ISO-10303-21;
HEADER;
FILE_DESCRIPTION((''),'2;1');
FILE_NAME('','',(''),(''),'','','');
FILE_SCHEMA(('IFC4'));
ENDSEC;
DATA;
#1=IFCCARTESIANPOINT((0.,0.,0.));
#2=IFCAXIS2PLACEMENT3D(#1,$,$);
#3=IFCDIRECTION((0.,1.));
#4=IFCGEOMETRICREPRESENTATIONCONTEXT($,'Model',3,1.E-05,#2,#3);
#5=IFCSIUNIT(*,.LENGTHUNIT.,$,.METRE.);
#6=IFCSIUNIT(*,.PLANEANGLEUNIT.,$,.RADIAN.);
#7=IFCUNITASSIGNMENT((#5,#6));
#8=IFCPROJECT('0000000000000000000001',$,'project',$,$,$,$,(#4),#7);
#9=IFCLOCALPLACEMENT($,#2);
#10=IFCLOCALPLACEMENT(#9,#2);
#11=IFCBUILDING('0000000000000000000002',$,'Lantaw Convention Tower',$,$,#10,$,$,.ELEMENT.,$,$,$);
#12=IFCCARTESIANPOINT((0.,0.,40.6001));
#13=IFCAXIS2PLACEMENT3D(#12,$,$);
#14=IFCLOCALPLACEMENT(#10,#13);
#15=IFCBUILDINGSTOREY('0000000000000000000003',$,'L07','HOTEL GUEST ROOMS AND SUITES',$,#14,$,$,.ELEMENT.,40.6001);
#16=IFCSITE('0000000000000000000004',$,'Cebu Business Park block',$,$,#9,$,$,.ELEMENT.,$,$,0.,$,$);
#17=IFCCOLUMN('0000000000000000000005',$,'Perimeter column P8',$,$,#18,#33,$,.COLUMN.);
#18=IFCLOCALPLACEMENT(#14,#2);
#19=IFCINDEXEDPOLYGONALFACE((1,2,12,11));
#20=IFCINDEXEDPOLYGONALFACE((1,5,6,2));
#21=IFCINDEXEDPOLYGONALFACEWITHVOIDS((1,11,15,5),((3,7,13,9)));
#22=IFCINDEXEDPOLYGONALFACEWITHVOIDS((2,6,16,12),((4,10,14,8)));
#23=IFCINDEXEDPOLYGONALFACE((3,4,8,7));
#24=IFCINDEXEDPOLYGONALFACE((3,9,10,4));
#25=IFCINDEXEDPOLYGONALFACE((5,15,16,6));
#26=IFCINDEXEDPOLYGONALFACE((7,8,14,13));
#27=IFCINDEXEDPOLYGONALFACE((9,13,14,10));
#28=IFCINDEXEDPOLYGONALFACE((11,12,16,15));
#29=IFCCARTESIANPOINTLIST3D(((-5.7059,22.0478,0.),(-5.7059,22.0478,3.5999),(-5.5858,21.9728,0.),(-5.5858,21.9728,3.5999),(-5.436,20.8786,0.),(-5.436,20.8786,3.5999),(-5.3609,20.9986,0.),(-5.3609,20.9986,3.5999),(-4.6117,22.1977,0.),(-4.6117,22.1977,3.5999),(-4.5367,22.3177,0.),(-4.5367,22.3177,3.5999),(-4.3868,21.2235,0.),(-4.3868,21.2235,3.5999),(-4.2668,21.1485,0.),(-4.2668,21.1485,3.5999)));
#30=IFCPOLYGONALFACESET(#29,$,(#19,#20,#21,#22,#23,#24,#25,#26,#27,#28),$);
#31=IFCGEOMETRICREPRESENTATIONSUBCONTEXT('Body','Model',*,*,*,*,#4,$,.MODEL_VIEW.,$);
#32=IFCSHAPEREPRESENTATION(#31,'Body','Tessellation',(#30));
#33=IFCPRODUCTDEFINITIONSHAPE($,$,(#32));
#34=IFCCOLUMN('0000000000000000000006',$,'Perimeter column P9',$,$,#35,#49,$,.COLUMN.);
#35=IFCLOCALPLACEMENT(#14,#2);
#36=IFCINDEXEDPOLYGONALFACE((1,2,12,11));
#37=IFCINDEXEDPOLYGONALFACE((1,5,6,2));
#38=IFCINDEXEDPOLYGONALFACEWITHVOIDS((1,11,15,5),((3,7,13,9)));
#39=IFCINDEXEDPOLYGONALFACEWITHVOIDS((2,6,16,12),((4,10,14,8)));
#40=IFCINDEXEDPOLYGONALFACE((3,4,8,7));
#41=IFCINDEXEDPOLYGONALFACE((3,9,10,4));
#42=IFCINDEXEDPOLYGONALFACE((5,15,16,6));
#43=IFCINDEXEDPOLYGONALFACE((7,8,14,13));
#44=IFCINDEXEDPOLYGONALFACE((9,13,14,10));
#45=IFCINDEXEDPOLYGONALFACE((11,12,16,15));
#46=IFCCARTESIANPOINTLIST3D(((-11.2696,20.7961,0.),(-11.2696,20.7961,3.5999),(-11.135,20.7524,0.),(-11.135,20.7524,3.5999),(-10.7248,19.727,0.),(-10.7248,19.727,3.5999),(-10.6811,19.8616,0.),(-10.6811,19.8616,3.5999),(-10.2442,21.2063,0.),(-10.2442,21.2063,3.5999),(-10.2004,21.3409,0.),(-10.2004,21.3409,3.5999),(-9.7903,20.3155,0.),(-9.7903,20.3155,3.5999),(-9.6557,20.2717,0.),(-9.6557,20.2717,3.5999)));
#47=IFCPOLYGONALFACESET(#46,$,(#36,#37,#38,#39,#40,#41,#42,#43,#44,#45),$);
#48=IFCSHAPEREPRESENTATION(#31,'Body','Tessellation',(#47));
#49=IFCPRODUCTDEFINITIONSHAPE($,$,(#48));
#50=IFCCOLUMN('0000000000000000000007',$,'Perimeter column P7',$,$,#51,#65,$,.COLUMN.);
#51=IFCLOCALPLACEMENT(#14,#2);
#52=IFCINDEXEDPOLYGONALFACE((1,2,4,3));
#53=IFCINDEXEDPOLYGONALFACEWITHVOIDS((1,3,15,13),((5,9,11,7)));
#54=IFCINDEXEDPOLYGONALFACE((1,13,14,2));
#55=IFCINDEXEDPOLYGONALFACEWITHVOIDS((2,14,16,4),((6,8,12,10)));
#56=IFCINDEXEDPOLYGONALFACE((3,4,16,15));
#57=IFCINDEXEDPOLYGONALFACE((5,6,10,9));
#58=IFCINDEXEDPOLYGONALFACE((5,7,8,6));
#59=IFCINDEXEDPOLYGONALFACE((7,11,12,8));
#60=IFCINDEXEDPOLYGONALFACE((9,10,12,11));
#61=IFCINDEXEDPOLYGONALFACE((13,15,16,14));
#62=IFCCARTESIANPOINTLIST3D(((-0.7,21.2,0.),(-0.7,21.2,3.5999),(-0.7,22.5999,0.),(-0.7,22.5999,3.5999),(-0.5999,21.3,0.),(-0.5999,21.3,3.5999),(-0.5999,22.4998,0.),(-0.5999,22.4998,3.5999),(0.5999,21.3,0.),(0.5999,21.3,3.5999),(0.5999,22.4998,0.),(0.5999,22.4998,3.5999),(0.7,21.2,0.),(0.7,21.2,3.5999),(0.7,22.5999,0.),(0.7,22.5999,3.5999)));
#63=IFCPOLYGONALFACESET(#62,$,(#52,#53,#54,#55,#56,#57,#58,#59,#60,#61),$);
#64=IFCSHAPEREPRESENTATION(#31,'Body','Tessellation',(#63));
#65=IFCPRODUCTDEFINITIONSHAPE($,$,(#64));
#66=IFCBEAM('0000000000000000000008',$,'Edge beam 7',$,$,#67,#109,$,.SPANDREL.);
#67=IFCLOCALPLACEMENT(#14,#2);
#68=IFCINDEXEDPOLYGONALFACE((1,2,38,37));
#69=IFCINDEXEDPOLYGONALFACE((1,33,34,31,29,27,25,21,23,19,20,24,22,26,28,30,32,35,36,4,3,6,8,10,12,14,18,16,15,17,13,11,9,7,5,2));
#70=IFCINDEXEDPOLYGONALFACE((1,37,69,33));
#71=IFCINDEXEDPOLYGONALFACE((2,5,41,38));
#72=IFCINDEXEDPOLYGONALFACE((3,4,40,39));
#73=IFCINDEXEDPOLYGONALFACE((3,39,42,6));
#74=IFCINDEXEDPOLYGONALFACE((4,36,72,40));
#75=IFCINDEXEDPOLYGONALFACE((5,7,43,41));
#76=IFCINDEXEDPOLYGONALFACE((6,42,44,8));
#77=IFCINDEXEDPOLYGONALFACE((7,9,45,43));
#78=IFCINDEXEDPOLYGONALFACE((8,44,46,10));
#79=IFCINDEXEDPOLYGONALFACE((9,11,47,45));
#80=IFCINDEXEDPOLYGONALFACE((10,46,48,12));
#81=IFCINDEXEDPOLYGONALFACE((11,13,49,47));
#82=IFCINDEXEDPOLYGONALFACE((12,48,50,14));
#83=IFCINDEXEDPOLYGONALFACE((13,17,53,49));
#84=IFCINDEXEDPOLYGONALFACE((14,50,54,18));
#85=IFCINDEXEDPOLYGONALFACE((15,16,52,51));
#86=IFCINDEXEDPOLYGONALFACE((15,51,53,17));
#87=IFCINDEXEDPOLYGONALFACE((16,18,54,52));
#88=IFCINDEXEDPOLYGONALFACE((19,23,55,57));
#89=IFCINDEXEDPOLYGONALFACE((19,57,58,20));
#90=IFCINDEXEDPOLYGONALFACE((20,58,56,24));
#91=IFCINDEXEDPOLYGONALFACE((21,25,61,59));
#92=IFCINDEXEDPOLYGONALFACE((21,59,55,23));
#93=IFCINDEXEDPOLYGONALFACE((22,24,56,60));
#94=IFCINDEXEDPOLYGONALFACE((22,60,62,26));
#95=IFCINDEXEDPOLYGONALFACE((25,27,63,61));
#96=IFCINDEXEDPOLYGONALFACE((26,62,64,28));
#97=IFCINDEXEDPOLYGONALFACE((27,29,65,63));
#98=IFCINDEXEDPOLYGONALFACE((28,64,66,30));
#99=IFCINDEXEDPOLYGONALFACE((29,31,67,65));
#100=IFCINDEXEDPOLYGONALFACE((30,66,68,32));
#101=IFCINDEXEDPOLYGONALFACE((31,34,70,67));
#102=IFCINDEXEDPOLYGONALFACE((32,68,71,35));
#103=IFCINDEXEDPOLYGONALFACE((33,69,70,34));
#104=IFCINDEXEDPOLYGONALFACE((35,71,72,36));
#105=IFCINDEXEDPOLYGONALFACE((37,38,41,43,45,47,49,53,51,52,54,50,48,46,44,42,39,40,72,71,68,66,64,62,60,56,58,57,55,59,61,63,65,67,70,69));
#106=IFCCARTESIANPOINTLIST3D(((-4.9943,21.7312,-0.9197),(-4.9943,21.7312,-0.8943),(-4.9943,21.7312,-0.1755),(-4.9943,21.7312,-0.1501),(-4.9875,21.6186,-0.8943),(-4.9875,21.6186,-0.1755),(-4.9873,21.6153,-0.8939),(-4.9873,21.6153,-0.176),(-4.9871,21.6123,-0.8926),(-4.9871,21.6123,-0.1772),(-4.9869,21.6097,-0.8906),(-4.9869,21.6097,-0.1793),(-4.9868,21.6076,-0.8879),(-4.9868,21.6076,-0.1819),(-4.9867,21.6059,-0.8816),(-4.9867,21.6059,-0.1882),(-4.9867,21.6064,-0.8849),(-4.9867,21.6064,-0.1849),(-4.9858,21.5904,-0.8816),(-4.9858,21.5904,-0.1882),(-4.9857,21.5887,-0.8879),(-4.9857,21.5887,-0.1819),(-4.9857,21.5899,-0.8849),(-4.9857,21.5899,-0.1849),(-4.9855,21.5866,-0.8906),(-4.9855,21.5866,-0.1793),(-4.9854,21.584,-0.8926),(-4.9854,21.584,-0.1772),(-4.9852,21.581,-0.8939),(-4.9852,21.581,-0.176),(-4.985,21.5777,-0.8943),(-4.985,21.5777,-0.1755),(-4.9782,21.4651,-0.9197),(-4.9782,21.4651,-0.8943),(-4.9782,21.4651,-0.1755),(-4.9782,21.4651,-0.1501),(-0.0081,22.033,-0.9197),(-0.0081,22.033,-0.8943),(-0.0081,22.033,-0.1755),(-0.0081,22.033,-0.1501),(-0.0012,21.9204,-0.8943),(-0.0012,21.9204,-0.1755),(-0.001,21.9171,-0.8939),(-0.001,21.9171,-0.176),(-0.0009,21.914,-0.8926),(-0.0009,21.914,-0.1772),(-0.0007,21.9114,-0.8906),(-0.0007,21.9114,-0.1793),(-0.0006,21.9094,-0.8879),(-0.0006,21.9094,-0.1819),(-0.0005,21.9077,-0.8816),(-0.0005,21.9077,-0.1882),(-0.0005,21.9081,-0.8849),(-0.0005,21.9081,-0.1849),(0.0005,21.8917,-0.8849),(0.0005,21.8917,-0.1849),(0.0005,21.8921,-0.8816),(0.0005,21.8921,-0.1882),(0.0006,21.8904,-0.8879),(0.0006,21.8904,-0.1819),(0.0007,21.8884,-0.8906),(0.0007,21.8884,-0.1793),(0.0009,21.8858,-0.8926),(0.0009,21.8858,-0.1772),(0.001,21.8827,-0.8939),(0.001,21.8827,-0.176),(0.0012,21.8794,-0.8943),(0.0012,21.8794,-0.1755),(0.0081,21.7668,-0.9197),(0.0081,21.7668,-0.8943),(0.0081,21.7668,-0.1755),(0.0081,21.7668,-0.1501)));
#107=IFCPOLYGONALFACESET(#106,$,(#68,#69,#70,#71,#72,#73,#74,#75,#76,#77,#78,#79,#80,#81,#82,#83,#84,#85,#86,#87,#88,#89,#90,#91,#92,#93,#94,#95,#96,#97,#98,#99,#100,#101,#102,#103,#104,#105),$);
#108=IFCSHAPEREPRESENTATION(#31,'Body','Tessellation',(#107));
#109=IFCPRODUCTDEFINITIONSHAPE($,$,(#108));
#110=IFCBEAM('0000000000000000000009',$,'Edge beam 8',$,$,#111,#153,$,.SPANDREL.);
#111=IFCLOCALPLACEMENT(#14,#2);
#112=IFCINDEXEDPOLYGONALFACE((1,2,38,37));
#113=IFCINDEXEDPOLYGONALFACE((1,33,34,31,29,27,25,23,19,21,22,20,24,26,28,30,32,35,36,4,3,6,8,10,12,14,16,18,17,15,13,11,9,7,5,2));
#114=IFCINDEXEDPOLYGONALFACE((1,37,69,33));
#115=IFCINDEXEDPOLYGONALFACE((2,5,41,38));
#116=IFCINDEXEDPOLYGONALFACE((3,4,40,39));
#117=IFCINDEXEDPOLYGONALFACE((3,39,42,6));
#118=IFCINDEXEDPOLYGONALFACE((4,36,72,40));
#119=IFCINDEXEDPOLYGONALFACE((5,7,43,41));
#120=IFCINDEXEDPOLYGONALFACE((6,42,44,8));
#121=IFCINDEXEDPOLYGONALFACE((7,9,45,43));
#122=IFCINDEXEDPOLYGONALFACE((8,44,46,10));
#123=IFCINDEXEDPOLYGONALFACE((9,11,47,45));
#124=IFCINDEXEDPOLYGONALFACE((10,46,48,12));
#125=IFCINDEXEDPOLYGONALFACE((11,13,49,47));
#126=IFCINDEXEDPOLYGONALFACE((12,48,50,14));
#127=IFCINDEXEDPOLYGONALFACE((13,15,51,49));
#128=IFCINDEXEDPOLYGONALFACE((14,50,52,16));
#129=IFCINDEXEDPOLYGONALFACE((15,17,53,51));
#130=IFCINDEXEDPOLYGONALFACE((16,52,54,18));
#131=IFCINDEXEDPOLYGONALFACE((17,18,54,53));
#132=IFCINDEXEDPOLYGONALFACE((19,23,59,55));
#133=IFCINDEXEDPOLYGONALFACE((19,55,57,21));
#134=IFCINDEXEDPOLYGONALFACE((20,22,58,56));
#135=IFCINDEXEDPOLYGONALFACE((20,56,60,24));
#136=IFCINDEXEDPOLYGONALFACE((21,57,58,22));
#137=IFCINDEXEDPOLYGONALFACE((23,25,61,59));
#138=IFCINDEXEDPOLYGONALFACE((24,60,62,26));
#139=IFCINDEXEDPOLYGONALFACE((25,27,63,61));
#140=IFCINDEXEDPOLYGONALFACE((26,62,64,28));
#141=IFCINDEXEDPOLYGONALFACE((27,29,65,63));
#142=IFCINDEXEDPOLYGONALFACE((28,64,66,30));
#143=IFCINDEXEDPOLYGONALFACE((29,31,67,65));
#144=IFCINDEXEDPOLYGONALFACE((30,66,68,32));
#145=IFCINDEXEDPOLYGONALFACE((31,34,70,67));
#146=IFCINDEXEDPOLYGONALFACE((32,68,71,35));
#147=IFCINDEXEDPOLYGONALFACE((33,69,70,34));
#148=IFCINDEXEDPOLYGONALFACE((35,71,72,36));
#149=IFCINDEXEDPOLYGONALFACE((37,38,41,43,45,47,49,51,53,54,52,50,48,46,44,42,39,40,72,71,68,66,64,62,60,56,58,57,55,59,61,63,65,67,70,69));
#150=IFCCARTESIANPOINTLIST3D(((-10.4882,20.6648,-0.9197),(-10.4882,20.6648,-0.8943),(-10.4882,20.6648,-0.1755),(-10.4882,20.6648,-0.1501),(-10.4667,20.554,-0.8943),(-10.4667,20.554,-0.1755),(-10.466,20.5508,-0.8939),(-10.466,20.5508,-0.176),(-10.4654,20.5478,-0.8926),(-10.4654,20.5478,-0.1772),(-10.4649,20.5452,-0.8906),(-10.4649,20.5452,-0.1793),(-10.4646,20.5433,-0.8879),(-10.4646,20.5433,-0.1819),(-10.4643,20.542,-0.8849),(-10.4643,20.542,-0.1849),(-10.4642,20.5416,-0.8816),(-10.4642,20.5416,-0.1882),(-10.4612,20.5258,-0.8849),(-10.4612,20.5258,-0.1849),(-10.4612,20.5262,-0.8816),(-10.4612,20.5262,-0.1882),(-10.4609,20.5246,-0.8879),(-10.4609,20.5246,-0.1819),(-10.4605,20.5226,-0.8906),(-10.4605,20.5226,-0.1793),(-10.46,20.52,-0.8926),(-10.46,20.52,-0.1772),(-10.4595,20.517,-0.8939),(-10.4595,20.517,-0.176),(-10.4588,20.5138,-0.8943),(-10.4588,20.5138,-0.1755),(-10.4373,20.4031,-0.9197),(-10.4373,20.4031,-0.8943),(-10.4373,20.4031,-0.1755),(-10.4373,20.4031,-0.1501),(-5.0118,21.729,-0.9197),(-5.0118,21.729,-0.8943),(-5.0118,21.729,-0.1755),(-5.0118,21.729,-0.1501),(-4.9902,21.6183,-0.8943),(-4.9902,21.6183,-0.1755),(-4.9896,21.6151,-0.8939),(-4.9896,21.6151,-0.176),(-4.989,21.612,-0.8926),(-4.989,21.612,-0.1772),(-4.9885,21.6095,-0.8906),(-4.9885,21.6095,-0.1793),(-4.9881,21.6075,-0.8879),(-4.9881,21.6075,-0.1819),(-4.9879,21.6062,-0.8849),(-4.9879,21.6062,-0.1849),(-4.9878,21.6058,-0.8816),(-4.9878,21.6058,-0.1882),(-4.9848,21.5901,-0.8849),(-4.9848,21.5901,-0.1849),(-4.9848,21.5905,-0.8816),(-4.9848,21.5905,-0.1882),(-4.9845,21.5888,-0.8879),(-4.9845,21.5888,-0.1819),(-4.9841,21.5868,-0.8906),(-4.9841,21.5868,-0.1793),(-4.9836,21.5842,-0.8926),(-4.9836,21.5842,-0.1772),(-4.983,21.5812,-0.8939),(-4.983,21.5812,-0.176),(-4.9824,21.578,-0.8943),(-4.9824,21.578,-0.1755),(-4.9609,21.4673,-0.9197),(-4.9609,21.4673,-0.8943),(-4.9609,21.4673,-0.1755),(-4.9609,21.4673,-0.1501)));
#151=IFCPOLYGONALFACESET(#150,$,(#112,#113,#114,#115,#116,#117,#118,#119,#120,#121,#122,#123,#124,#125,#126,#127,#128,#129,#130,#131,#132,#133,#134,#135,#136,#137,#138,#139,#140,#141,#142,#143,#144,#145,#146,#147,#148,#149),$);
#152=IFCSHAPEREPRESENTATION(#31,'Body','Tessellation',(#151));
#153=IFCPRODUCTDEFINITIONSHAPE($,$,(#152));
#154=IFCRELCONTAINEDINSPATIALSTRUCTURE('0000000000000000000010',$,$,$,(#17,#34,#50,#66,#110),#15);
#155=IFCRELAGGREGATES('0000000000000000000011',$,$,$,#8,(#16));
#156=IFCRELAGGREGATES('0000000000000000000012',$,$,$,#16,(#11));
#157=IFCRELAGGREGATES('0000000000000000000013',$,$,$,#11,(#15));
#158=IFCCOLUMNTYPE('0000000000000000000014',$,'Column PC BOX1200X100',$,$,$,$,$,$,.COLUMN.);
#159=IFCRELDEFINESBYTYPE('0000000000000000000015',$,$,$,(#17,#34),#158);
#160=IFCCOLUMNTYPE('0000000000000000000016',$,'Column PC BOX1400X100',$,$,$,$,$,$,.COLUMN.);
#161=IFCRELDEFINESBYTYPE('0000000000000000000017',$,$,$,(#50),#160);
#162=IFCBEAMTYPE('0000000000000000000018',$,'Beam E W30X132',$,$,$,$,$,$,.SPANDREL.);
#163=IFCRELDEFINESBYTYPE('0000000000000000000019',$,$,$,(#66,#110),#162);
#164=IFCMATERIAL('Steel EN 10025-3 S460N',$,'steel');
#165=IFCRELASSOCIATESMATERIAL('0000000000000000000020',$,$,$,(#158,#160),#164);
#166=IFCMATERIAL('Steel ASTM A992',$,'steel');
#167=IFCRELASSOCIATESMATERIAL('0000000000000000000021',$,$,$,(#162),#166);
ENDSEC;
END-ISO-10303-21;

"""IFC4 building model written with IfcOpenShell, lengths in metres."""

from ifc_helpers import new_model, si_unit, direction, frame, origin, origin_2d, place, context, subcontext, project, spatial, rectangle, hollow_rectangle, i_section, extrude, material, material_profile, profile_set, type_object, element, save


model = new_model("IFC4")

# Units and contexts
model_context = context("Model", 3, precision=1e-05, world=origin(), true_north=direction((0.0, 1.0)))
body_context = subcontext(model_context, "Body", "Model", "MODEL_VIEW")
ifc_project = project(units=[si_unit("LENGTHUNIT", "METRE"), si_unit("PLANEANGLEUNIT", "RADIAN")], contexts=[model_context])

# Site, building, storey
site_placement = place(None, origin())
site = spatial("IfcSite", under=ifc_project, at=site_placement, Name="Cebu Business Park block", CompositionType="ELEMENT", RefElevation=0.0)
building_placement = place(site_placement, origin())
building = spatial("IfcBuilding", under=site, at=building_placement, Name="Lantaw Convention Tower", CompositionType="ELEMENT")
storey_placement = place(building_placement, frame((0.0, 0.0, 40.6001)))
storey = spatial("IfcBuildingStorey", under=building, at=storey_placement, Name="L07", Description="HOTEL GUEST ROOMS AND SUITES", CompositionType="ELEMENT", Elevation=40.6001)

# Columns
ifc_material_1 = material(Name="Steel EN 10025-3 S460N", Category="steel")
ifc_material_profile_1 = material_profile(ifc_material_1, hollow_rectangle(XDim=1.2, YDim=1.2, WallThickness=0.1001, at=origin_2d()), Name="BOX1200X100")
ifc_material_2 = material(Name="Concrete C60/75", Category="concrete")
ifc_material_profile_2 = material_profile(ifc_material_2, rectangle(XDim=1.0, YDim=1.0, at=origin_2d()), Name="Concrete fill of BOX1200X100")
ifc_profile_set_1 = profile_set([ifc_material_profile_1, ifc_material_profile_2], Name="Steel EN 10025-3 S460N")
column_type_1 = type_object("IfcColumnType", Name="Column PC BOX1200X100", PredefinedType="COLUMN", material=ifc_profile_set_1)
for number, where, z_axis, x_axis, name in (
    (1, (-4.9863, 21.5981, 0.0), (0.0, 0.0, 1.0), (0.97437, 0.224951, 0.0), "Perimeter column P8"),
    (2, (-10.4626, 20.5339, 0.0), (0.0, 0.0, 1.0), (0.891007, 0.45399, 0.0), "Perimeter column P9"),
):
    element("IfcColumn", number, at=place(storey_placement, frame(where, z_axis=z_axis, x_axis=x_axis)), inside=storey, type_object=column_type_1, Name=name, PredefinedType="COLUMN", context=body_context, shape_type="SweptSolid", body=[
        extrude(hollow_rectangle(XDim=1.2, YDim=1.2, WallThickness=0.1001, at=origin_2d()), origin(), (0.0, 0.0, 1.0), 3.5999),
    ])
ifc_material_profile_3 = material_profile(ifc_material_1, hollow_rectangle(XDim=1.3999, YDim=1.3999, WallThickness=0.1001, at=origin_2d()), Name="BOX1400X100")
ifc_material_profile_4 = material_profile(ifc_material_2, rectangle(XDim=1.2, YDim=1.2, at=origin_2d()), Name="Concrete fill of BOX1400X100")
ifc_profile_set_2 = profile_set([ifc_material_profile_3, ifc_material_profile_4], Name="Steel EN 10025-3 S460N")
column_type_2 = type_object("IfcColumnType", Name="Column PC BOX1400X100", PredefinedType="COLUMN", material=ifc_profile_set_2)
column_placement = place(storey_placement, frame((0.0, 21.8999, 0.0), z_axis=(0.0, 0.0, 1.0), x_axis=(1.0, 0.0, 0.0)))
element("IfcColumn", 3, at=column_placement, inside=storey, type_object=column_type_2, Name="Perimeter column P7", PredefinedType="COLUMN", context=body_context, shape_type="SweptSolid", body=[
    extrude(hollow_rectangle(XDim=1.3999, YDim=1.3999, WallThickness=0.1001, at=origin_2d()), origin(), (0.0, 0.0, 1.0), 3.5999),
])

# Beams
ifc_material_3 = material(Name="Steel ASTM A992", Category="steel")
ifc_material_profile_5 = material_profile(ifc_material_3, i_section(OverallWidth=0.2666, OverallDepth=0.7695, WebThickness=0.0156, FlangeThickness=0.0254, FilletRadius=0.0127, at=origin_2d()), Name="W30X132")
ifc_profile_set_3 = profile_set([ifc_material_profile_5], Name="Steel ASTM A992")
beam_type = type_object("IfcBeamType", Name="Beam E W30X132", PredefinedType="SPANDREL", material=ifc_profile_set_3)
beam_1_placement = place(storey_placement, frame((0.0, 21.8999, -0.5349), z_axis=(-0.998174, -0.060407, 0.0), x_axis=(0.060407, -0.998174, 0.0)))
element("IfcBeam", 4, at=beam_1_placement, inside=storey, type_object=beam_type, Name="Edge beam 7", PredefinedType="SPANDREL", context=body_context, shape_type="SweptSolid", body=[
    extrude(i_section(OverallWidth=0.2666, OverallDepth=0.7695, WebThickness=0.0156, FlangeThickness=0.0254, FilletRadius=0.0127, at=origin_2d()), origin(), (0.0, 0.0, 1.0), 4.9954),
])
beam_2_placement = place(storey_placement, frame((-4.9863, 21.5981, -0.5349), z_axis=(-0.981637, -0.190761, 0.0), x_axis=(0.190761, -0.981637, 0.0)))
element("IfcBeam", 5, at=beam_2_placement, inside=storey, type_object=beam_type, Name="Edge beam 8", PredefinedType="SPANDREL", context=body_context, shape_type="SweptSolid", body=[
    extrude(i_section(OverallWidth=0.2666, OverallDepth=0.7695, WebThickness=0.0156, FlangeThickness=0.0254, FilletRadius=0.0127, at=origin_2d()), origin(), (0.0, 0.0, 1.0), 5.5789),
])

save(model, "model.ifc")
